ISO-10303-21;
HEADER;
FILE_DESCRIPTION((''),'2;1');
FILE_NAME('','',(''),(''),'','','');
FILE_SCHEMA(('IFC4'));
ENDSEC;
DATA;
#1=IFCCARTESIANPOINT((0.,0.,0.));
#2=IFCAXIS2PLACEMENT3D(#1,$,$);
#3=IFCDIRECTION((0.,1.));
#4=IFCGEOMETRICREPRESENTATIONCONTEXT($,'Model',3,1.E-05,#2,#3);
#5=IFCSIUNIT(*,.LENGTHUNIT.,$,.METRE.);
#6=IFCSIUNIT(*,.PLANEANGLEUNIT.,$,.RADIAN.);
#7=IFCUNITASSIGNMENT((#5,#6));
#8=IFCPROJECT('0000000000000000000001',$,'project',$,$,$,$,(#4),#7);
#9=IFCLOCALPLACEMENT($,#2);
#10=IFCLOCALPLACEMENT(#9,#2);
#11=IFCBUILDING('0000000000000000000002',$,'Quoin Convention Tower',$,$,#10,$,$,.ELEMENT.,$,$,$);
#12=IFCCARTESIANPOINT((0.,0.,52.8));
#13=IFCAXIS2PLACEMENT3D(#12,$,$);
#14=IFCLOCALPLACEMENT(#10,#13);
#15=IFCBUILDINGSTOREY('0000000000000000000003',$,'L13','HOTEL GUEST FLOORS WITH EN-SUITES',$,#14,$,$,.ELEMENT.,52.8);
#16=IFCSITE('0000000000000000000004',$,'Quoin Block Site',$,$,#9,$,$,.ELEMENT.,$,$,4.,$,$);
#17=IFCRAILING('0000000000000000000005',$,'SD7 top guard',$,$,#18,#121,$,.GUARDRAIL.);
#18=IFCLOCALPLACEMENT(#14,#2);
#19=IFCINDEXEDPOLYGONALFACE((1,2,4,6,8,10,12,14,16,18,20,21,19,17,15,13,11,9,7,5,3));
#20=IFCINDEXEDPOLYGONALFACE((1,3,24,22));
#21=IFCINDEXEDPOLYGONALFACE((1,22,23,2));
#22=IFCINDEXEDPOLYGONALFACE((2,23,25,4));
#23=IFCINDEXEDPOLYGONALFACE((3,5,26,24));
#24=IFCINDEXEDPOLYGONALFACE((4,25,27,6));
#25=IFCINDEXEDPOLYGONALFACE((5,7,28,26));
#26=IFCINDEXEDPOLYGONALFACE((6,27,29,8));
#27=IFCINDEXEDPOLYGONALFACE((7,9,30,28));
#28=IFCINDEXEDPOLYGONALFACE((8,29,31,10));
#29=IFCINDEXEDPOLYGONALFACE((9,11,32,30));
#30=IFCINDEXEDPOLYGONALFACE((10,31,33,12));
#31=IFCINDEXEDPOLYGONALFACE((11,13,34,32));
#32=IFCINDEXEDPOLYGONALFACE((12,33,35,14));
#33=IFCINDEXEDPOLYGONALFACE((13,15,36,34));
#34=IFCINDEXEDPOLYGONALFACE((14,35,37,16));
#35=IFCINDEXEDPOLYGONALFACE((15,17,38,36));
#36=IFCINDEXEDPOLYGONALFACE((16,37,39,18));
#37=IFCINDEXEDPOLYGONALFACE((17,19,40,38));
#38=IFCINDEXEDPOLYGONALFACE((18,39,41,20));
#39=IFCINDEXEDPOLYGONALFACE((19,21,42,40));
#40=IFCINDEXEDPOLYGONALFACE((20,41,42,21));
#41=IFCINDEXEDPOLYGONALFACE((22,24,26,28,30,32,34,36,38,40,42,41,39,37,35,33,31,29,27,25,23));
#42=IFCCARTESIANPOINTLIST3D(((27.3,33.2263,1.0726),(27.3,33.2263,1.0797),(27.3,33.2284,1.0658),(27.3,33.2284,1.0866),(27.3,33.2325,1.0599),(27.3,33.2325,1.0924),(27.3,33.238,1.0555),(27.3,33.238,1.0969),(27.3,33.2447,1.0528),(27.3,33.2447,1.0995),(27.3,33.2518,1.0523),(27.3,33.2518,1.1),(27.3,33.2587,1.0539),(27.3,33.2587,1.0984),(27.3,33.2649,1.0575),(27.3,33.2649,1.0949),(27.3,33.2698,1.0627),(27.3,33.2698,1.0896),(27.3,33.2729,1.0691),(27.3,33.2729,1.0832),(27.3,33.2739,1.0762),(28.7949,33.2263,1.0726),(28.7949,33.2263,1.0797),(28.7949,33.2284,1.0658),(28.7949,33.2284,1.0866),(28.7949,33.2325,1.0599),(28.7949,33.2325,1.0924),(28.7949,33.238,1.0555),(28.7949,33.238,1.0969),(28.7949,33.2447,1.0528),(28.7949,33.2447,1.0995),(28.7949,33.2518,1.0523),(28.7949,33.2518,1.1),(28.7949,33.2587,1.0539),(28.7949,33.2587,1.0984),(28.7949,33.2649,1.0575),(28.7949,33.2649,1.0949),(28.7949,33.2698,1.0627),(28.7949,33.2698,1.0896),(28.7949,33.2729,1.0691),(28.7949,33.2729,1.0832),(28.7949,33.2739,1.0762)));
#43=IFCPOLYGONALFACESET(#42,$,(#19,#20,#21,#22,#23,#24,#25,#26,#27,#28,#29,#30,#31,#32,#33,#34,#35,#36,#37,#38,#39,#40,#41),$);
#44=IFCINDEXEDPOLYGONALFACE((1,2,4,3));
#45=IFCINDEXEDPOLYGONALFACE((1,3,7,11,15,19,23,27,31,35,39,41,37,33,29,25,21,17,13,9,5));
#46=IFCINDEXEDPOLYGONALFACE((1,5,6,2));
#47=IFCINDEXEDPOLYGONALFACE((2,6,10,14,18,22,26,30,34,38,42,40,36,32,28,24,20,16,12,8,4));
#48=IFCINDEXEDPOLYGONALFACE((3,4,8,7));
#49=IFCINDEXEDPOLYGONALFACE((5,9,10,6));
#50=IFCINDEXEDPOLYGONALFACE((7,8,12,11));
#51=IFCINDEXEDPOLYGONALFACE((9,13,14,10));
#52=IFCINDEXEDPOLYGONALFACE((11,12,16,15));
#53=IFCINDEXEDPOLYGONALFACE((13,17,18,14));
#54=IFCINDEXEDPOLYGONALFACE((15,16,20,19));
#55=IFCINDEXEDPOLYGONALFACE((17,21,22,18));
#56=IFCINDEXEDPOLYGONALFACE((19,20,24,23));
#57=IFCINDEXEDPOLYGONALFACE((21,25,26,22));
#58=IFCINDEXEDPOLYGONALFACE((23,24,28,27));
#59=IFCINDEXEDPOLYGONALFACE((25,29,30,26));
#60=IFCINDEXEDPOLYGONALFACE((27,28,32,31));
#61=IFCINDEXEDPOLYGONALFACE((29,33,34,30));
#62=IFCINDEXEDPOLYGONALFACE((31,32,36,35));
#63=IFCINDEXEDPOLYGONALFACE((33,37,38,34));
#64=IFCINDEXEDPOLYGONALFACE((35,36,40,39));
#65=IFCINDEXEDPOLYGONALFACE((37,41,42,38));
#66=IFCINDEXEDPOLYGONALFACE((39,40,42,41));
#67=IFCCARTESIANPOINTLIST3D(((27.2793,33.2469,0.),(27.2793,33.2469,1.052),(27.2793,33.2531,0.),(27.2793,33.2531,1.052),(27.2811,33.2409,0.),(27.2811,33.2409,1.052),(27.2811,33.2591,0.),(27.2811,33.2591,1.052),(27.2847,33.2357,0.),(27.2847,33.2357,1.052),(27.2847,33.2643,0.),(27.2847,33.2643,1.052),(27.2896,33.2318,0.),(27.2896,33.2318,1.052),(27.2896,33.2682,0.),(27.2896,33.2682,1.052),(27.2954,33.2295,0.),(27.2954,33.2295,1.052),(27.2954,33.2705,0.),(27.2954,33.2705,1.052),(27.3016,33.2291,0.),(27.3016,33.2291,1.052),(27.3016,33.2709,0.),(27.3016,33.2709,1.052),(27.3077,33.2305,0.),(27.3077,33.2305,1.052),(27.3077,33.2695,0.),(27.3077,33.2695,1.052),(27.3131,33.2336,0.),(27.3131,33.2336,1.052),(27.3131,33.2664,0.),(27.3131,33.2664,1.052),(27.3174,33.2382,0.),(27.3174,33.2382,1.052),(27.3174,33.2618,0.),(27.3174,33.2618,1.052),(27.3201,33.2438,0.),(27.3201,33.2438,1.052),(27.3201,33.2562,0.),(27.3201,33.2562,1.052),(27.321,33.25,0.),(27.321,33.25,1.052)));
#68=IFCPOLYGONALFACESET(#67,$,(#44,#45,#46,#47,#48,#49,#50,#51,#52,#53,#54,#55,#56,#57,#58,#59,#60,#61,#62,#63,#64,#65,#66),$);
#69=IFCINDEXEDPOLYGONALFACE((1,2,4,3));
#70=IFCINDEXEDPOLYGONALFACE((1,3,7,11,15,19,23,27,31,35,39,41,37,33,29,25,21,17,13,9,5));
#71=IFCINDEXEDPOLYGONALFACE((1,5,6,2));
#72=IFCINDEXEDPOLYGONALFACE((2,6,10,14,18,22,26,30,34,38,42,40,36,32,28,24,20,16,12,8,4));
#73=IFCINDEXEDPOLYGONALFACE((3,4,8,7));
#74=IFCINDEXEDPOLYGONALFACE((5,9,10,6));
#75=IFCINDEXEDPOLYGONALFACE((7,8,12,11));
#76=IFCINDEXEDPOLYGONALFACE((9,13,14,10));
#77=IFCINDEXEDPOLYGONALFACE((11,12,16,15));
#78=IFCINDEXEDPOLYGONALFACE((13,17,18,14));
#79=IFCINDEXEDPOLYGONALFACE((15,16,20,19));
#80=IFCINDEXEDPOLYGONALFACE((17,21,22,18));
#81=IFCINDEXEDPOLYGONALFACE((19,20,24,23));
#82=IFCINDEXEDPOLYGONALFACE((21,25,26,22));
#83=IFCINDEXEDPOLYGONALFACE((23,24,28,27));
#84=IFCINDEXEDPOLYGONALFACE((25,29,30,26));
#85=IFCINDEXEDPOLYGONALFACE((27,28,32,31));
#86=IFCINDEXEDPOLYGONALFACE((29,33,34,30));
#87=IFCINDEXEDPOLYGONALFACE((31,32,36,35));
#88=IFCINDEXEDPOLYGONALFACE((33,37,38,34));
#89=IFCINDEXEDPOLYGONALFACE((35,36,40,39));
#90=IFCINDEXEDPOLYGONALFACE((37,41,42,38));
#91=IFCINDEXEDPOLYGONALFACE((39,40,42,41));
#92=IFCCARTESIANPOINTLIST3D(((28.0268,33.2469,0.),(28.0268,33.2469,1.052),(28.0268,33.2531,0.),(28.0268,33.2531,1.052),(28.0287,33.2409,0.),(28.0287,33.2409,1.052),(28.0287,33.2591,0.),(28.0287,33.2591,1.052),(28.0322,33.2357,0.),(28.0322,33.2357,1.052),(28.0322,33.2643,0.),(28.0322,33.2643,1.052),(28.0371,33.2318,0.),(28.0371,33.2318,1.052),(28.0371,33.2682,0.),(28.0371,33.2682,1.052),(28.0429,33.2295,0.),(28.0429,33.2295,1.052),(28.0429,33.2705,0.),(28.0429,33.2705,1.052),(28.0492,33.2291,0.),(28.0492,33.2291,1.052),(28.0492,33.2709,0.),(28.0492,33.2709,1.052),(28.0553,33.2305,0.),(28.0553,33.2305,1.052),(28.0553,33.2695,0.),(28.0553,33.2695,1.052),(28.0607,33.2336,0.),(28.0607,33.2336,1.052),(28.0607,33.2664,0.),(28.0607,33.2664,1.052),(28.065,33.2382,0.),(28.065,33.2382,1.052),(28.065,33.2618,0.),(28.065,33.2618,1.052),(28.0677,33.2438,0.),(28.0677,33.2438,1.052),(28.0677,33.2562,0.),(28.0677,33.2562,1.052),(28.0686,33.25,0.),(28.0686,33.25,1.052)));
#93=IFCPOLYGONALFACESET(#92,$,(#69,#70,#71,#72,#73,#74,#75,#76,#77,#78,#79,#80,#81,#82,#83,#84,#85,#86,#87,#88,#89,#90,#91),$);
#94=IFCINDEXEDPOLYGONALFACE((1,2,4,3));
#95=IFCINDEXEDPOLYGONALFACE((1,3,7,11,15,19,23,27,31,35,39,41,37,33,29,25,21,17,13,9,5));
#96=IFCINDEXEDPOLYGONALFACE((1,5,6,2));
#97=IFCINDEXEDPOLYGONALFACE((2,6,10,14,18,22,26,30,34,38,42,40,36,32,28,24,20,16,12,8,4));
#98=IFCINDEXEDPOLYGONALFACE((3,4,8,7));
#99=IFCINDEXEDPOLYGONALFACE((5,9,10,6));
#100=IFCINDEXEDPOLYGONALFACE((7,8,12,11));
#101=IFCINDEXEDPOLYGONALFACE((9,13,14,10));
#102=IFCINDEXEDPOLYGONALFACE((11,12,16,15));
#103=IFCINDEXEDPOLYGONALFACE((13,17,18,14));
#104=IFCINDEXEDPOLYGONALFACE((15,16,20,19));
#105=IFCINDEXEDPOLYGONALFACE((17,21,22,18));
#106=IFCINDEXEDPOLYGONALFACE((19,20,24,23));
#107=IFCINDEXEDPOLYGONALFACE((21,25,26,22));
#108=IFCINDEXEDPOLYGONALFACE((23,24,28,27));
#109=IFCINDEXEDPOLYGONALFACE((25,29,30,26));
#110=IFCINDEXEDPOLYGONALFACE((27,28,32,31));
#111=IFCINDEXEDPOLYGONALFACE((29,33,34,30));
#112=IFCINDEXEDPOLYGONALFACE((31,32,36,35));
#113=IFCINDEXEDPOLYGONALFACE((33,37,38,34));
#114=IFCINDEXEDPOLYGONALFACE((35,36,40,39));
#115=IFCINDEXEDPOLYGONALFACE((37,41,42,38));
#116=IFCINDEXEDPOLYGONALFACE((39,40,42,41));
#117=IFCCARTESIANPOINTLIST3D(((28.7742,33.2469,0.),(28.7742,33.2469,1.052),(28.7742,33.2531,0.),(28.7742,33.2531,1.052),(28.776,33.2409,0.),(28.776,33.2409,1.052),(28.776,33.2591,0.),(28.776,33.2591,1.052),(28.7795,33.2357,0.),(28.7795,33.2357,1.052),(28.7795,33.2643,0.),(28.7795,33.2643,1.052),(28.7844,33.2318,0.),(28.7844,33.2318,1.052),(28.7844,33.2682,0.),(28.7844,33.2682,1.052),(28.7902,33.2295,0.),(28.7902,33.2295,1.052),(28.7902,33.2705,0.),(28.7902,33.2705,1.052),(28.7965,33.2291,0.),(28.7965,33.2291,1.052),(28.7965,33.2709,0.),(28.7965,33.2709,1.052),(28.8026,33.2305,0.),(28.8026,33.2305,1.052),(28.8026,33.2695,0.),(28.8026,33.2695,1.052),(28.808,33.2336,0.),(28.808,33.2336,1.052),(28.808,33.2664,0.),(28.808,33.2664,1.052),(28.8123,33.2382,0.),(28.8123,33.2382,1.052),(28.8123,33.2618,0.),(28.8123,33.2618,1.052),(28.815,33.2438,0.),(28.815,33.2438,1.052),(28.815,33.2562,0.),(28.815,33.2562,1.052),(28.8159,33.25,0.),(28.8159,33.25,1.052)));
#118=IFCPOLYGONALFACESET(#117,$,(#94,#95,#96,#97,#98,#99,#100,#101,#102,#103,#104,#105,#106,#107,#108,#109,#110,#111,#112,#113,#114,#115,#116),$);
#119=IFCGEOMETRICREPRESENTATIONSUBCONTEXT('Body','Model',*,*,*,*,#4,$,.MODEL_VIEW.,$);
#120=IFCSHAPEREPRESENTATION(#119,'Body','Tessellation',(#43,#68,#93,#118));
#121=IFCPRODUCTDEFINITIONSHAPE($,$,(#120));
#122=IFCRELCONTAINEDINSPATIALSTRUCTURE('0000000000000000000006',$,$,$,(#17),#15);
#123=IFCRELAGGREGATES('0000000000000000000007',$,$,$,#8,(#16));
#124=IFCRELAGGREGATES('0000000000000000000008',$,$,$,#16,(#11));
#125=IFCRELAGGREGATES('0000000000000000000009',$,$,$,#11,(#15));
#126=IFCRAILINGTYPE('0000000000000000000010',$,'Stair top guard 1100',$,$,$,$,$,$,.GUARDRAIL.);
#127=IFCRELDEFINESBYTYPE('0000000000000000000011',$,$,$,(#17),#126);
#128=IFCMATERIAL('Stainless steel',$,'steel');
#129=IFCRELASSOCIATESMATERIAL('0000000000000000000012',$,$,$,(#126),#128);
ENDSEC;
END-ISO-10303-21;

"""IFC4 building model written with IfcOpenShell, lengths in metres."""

from ifc_helpers import new_model, si_unit, direction, frame, origin, origin_2d, place, context, subcontext, project, spatial, circle, extrude, material, type_object, element, save


model = new_model("IFC4")

# Units and contexts
model_context = context("Model", 3, precision=1e-05, world=origin(), true_north=direction((0.0, 1.0)))
body_context = subcontext(model_context, "Body", "Model", "MODEL_VIEW")
ifc_project = project(units=[si_unit("LENGTHUNIT", "METRE"), si_unit("PLANEANGLEUNIT", "RADIAN")], contexts=[model_context])

# Site, building, storey
site_placement = place(None, origin())
site = spatial("IfcSite", under=ifc_project, at=site_placement, Name="Quoin Block Site", CompositionType="ELEMENT", RefElevation=4.0)
building_placement = place(site_placement, origin())
building = spatial("IfcBuilding", under=site, at=building_placement, Name="Quoin Convention Tower", CompositionType="ELEMENT")
storey_placement = place(building_placement, frame((0.0, 0.0, 52.8)))
storey = spatial("IfcBuildingStorey", under=building, at=storey_placement, Name="L13", Description="HOTEL GUEST FLOORS WITH EN-SUITES", CompositionType="ELEMENT", Elevation=52.8)

# Railing
ifc_material_1 = material(Name="Stainless steel", Category="steel")
railing_type_1 = type_object("IfcRailingType", Name="Stair top guard 1100", PredefinedType="GUARDRAIL", material=ifc_material_1)
railing_1_placement = place(storey_placement, frame((27.3, 33.25, 0.0)))
element("IfcRailing", 1, at=railing_1_placement, inside=storey, type_object=railing_type_1, Name="SD7 top guard", PredefinedType="GUARDRAIL", context=body_context, shape_type="SweptSolid", body=[
    extrude(circle(Radius=0.0239, at=origin_2d()), frame((0.0, 0.0, 1.0762), z_axis=(1.0, 0.0, 0.0), x_axis=(0.0, 1.0, 0.0)), (0.0, 0.0, 1.0), 1.4949),
    extrude(circle(Radius=0.021, at=origin_2d()), origin(), (0.0, 0.0, 1.0), 1.052),
    extrude(circle(Radius=0.021, at=origin_2d()), frame((0.7476, 0.0, 0.0)), (0.0, 0.0, 1.0), 1.052),
    extrude(circle(Radius=0.021, at=origin_2d()), frame((1.4949, 0.0, 0.0)), (0.0, 0.0, 1.0), 1.052),
])

save(model, "model.ifc")
